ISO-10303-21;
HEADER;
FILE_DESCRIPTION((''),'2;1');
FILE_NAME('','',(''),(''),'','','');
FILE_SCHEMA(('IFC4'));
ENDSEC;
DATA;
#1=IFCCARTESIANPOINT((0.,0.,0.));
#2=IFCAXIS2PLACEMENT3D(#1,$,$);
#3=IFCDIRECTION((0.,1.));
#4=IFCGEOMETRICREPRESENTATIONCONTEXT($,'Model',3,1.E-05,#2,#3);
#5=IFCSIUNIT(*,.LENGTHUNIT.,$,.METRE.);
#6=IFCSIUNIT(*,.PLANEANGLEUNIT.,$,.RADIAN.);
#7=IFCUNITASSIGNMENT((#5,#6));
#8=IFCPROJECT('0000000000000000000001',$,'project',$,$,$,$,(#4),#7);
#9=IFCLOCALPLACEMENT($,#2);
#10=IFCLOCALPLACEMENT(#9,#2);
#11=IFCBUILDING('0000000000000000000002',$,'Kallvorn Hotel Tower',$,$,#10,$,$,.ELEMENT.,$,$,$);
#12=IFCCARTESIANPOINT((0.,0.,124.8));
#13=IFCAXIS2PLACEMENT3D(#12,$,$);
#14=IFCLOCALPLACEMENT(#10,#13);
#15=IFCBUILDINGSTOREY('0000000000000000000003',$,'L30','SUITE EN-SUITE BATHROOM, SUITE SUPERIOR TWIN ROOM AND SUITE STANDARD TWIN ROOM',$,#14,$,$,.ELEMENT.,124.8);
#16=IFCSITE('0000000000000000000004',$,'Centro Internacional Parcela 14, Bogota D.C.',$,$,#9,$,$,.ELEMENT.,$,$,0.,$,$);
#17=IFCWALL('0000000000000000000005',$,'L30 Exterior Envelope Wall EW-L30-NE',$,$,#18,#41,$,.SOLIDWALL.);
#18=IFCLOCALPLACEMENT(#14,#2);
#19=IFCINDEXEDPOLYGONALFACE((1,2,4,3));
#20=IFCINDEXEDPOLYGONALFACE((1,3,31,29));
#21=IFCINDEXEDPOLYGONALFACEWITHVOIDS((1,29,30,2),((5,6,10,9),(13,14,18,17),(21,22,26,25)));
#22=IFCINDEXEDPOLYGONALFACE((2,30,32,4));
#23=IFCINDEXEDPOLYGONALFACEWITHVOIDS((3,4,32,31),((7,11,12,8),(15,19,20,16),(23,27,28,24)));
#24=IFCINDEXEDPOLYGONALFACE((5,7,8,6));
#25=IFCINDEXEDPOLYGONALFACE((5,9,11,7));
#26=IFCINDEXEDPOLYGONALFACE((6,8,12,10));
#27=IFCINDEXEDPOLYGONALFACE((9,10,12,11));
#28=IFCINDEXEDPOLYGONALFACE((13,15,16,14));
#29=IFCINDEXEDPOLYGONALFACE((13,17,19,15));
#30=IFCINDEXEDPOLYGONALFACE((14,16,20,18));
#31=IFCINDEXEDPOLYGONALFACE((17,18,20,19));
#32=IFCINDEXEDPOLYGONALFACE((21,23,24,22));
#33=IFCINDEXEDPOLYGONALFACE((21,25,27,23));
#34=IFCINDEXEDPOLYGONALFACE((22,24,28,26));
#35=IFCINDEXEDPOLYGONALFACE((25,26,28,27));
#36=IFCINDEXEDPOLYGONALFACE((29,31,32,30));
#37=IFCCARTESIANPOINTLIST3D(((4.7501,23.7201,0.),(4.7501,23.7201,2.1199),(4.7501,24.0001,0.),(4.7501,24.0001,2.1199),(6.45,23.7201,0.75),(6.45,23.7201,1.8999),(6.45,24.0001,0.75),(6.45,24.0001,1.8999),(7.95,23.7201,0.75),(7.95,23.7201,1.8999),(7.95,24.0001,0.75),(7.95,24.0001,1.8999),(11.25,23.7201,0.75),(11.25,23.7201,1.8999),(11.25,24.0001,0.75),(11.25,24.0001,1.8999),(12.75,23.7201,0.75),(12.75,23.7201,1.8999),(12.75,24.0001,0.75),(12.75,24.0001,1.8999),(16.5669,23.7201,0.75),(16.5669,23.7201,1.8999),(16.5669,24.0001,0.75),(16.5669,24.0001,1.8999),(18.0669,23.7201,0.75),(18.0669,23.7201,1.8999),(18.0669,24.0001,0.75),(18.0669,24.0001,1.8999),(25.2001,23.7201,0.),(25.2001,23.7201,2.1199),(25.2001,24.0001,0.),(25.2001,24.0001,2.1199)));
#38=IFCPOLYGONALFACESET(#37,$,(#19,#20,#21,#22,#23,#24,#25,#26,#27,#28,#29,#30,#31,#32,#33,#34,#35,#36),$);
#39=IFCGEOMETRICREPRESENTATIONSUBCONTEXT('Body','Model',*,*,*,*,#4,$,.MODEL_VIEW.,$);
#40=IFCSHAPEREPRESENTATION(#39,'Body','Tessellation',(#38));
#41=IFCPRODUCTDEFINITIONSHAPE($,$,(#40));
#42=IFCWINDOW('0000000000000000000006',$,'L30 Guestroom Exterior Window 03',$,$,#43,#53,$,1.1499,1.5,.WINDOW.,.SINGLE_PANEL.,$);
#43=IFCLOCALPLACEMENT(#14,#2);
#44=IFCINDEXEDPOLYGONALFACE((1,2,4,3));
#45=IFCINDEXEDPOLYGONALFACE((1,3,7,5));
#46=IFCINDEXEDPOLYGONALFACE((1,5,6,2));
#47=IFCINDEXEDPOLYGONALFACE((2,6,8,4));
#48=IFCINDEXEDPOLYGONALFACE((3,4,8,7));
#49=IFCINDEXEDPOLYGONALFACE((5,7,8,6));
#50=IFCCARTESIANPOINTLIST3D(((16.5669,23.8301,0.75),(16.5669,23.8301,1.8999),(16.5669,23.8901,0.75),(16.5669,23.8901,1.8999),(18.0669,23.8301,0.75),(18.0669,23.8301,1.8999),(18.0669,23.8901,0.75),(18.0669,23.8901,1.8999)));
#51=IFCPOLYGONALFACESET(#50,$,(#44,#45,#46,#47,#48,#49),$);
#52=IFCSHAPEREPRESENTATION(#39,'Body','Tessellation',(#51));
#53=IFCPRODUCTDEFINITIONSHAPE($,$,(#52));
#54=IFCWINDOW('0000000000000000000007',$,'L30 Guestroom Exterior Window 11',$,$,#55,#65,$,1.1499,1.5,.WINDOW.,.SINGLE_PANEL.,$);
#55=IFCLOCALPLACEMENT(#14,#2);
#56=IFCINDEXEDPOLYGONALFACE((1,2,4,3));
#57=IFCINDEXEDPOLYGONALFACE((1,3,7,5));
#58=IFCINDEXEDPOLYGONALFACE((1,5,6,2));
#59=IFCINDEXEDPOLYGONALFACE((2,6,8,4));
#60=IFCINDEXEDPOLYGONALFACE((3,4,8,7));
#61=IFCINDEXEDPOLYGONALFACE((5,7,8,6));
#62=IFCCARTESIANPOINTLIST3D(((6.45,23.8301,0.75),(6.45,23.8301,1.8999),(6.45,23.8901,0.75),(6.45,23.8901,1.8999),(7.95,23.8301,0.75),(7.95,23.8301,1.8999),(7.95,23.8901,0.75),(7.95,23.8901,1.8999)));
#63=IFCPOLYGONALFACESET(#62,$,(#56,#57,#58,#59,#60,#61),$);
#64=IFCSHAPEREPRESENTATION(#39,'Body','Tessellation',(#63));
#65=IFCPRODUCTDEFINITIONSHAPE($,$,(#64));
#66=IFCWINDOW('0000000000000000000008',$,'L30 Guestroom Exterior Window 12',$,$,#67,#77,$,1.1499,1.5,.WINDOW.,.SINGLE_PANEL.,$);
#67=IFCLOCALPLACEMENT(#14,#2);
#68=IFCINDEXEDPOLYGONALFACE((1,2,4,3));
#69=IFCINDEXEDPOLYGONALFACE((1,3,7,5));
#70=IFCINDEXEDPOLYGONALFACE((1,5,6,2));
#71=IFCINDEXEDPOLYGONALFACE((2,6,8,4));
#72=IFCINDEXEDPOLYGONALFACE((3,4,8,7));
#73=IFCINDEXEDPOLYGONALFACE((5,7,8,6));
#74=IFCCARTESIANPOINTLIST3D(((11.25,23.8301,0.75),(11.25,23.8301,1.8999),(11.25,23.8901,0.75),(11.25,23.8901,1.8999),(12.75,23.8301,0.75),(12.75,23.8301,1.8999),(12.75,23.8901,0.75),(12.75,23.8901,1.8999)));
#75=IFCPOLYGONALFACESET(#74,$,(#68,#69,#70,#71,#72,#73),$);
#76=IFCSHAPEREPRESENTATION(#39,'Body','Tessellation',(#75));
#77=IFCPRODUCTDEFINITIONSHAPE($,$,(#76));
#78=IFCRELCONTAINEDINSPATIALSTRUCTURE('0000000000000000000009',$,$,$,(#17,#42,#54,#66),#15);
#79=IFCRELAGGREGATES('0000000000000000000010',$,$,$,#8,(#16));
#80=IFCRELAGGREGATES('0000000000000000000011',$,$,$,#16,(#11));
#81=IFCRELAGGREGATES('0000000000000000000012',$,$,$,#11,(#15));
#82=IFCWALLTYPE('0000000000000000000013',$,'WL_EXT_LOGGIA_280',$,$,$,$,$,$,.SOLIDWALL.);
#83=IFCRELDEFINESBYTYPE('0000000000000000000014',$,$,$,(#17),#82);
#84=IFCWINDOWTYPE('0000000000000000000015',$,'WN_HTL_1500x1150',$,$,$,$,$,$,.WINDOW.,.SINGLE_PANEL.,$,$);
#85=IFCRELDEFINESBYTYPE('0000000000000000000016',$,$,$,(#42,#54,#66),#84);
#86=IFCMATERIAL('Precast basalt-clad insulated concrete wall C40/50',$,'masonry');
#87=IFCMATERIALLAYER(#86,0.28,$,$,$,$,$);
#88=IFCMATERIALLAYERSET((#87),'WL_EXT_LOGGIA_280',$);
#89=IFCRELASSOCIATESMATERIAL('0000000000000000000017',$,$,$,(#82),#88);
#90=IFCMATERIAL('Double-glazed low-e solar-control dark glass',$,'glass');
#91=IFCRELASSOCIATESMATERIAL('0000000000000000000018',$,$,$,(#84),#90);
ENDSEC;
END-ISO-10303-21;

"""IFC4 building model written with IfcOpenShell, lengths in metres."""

from ifc_helpers import new_model, si_unit, direction, frame, frame_2d, origin, place, context, subcontext, project, spatial, rectangle, extrude, material, layer, layer_set, type_object, element, fill, save


model = new_model("IFC4")

# Units and contexts
model_context = context("Model", 3, precision=1e-05, world=origin(), true_north=direction((0.0, 1.0)))
body_context = subcontext(model_context, "Body", "Model", "MODEL_VIEW")
ifc_project = project(units=[si_unit("LENGTHUNIT", "METRE"), si_unit("PLANEANGLEUNIT", "RADIAN")], contexts=[model_context])

# Site, building, storey
site_placement = place(None, origin())
site = spatial("IfcSite", under=ifc_project, at=site_placement, Name="Centro Internacional Parcela 14, Bogota D.C.", CompositionType="ELEMENT", RefElevation=0.0)
building_placement = place(site_placement, origin())
building = spatial("IfcBuilding", under=site, at=building_placement, Name="Kallvorn Hotel Tower", CompositionType="ELEMENT")
storey_placement = place(building_placement, frame((0.0, 0.0, 124.8)))
storey = spatial("IfcBuildingStorey", under=building, at=storey_placement, Name="L30", Description="SUITE EN-SUITE BATHROOM, SUITE SUPERIOR TWIN ROOM AND SUITE STANDARD TWIN ROOM", CompositionType="ELEMENT", Elevation=124.8)

# Wall, openings, windows
ifc_material_1 = material(Name="Precast basalt-clad insulated concrete wall C40/50", Category="masonry")
ifc_layer_1 = layer(ifc_material_1, 0.28)
ifc_layer_set_1 = layer_set([ifc_layer_1], Name="WL_EXT_LOGGIA_280")
wall_type_1 = type_object("IfcWallType", Name="WL_EXT_LOGGIA_280", PredefinedType="SOLIDWALL", material=ifc_layer_set_1)
wall_1_placement = place(storey_placement, frame((4.75, 23.8601, 0.0), z_axis=(0.0, 0.0, 1.0), x_axis=(1.0, 0.0, 0.0)))
wall_1 = element("IfcWall", 1, at=wall_1_placement, inside=storey, type_object=wall_type_1, Name="L30 Exterior Envelope Wall EW-L30-NE", PredefinedType="SOLIDWALL", context=body_context, shape_type="SweptSolid", body=[
    extrude(rectangle(XDim=20.45, YDim=0.28, at=frame_2d((10.2251, 0.0))), origin(), (0.0, 0.0, 1.0), 2.1199),
])
opening_1_placement = place(wall_1_placement, frame((11.8169, 0.0, 0.75)))
opening_1 = element("IfcOpeningElement", 2, at=opening_1_placement, cuts=wall_1, PredefinedType="OPENING", context=body_context, shape_type="SweptSolid", body=[
    extrude(rectangle(XDim=1.5, YDim=1.1499, at=frame_2d((0.75, 0.575))), frame((0.0, 0.155, 0.0), z_axis=(0.0, -1.0, 0.0), x_axis=(1.0, 0.0, 0.0)), (0.0, 0.0, 1.0), 0.3101),
])
opening_2_placement = place(wall_1_placement, frame((1.7, 0.0, 0.75)))
opening_2 = element("IfcOpeningElement", 3, at=opening_2_placement, cuts=wall_1, PredefinedType="OPENING", context=body_context, shape_type="SweptSolid", body=[
    extrude(rectangle(XDim=1.5, YDim=1.1499, at=frame_2d((0.75, 0.575))), frame((0.0, 0.155, 0.0), z_axis=(0.0, -1.0, 0.0), x_axis=(1.0, 0.0, 0.0)), (0.0, 0.0, 1.0), 0.3101),
])
opening_3_placement = place(wall_1_placement, frame((6.5, 0.0, 0.75)))
opening_3 = element("IfcOpeningElement", 4, at=opening_3_placement, cuts=wall_1, PredefinedType="OPENING", context=body_context, shape_type="SweptSolid", body=[
    extrude(rectangle(XDim=1.5, YDim=1.1499, at=frame_2d((0.75, 0.575))), frame((0.0, 0.155, 0.0), z_axis=(0.0, -1.0, 0.0), x_axis=(1.0, 0.0, 0.0)), (0.0, 0.0, 1.0), 0.3101),
])
ifc_material_2 = material(Name="Double-glazed low-e solar-control dark glass", Category="glass")
window_type = type_object("IfcWindowType", Name="WN_HTL_1500x1150", PartitioningType="SINGLE_PANEL", PredefinedType="WINDOW", material=ifc_material_2)
window_1_placement = place(opening_1_placement, origin())
window_1 = element("IfcWindow", 5, at=window_1_placement, inside=storey, type_object=window_type, Name="L30 Guestroom Exterior Window 03", OverallHeight=1.1499, OverallWidth=1.5, PartitioningType="SINGLE_PANEL", PredefinedType="WINDOW", context=body_context, shape_type="SweptSolid", body=[
    extrude(rectangle(XDim=1.5, YDim=1.1499, at=frame_2d((0.75, 0.575))), frame((0.0, 0.03, 0.0), z_axis=(0.0, -1.0, 0.0), x_axis=(1.0, 0.0, 0.0)), (0.0, 0.0, 1.0), 0.0601),
])
fill(opening_1, window_1)
window_2_placement = place(opening_2_placement, origin())
window_2 = element("IfcWindow", 6, at=window_2_placement, inside=storey, type_object=window_type, Name="L30 Guestroom Exterior Window 11", OverallHeight=1.1499, OverallWidth=1.5, PartitioningType="SINGLE_PANEL", PredefinedType="WINDOW", context=body_context, shape_type="SweptSolid", body=[
    extrude(rectangle(XDim=1.5, YDim=1.1499, at=frame_2d((0.75, 0.575))), frame((0.0, 0.03, 0.0), z_axis=(0.0, -1.0, 0.0), x_axis=(1.0, 0.0, 0.0)), (0.0, 0.0, 1.0), 0.0601),
])
fill(opening_2, window_2)
window_3_placement = place(opening_3_placement, origin())
window_3 = element("IfcWindow", 7, at=window_3_placement, inside=storey, type_object=window_type, Name="L30 Guestroom Exterior Window 12", OverallHeight=1.1499, OverallWidth=1.5, PartitioningType="SINGLE_PANEL", PredefinedType="WINDOW", context=body_context, shape_type="SweptSolid", body=[
    extrude(rectangle(XDim=1.5, YDim=1.1499, at=frame_2d((0.75, 0.575))), frame((0.0, 0.03, 0.0), z_axis=(0.0, -1.0, 0.0), x_axis=(1.0, 0.0, 0.0)), (0.0, 0.0, 1.0), 0.0601),
])
fill(opening_3, window_3)

save(model, "model.ifc")
